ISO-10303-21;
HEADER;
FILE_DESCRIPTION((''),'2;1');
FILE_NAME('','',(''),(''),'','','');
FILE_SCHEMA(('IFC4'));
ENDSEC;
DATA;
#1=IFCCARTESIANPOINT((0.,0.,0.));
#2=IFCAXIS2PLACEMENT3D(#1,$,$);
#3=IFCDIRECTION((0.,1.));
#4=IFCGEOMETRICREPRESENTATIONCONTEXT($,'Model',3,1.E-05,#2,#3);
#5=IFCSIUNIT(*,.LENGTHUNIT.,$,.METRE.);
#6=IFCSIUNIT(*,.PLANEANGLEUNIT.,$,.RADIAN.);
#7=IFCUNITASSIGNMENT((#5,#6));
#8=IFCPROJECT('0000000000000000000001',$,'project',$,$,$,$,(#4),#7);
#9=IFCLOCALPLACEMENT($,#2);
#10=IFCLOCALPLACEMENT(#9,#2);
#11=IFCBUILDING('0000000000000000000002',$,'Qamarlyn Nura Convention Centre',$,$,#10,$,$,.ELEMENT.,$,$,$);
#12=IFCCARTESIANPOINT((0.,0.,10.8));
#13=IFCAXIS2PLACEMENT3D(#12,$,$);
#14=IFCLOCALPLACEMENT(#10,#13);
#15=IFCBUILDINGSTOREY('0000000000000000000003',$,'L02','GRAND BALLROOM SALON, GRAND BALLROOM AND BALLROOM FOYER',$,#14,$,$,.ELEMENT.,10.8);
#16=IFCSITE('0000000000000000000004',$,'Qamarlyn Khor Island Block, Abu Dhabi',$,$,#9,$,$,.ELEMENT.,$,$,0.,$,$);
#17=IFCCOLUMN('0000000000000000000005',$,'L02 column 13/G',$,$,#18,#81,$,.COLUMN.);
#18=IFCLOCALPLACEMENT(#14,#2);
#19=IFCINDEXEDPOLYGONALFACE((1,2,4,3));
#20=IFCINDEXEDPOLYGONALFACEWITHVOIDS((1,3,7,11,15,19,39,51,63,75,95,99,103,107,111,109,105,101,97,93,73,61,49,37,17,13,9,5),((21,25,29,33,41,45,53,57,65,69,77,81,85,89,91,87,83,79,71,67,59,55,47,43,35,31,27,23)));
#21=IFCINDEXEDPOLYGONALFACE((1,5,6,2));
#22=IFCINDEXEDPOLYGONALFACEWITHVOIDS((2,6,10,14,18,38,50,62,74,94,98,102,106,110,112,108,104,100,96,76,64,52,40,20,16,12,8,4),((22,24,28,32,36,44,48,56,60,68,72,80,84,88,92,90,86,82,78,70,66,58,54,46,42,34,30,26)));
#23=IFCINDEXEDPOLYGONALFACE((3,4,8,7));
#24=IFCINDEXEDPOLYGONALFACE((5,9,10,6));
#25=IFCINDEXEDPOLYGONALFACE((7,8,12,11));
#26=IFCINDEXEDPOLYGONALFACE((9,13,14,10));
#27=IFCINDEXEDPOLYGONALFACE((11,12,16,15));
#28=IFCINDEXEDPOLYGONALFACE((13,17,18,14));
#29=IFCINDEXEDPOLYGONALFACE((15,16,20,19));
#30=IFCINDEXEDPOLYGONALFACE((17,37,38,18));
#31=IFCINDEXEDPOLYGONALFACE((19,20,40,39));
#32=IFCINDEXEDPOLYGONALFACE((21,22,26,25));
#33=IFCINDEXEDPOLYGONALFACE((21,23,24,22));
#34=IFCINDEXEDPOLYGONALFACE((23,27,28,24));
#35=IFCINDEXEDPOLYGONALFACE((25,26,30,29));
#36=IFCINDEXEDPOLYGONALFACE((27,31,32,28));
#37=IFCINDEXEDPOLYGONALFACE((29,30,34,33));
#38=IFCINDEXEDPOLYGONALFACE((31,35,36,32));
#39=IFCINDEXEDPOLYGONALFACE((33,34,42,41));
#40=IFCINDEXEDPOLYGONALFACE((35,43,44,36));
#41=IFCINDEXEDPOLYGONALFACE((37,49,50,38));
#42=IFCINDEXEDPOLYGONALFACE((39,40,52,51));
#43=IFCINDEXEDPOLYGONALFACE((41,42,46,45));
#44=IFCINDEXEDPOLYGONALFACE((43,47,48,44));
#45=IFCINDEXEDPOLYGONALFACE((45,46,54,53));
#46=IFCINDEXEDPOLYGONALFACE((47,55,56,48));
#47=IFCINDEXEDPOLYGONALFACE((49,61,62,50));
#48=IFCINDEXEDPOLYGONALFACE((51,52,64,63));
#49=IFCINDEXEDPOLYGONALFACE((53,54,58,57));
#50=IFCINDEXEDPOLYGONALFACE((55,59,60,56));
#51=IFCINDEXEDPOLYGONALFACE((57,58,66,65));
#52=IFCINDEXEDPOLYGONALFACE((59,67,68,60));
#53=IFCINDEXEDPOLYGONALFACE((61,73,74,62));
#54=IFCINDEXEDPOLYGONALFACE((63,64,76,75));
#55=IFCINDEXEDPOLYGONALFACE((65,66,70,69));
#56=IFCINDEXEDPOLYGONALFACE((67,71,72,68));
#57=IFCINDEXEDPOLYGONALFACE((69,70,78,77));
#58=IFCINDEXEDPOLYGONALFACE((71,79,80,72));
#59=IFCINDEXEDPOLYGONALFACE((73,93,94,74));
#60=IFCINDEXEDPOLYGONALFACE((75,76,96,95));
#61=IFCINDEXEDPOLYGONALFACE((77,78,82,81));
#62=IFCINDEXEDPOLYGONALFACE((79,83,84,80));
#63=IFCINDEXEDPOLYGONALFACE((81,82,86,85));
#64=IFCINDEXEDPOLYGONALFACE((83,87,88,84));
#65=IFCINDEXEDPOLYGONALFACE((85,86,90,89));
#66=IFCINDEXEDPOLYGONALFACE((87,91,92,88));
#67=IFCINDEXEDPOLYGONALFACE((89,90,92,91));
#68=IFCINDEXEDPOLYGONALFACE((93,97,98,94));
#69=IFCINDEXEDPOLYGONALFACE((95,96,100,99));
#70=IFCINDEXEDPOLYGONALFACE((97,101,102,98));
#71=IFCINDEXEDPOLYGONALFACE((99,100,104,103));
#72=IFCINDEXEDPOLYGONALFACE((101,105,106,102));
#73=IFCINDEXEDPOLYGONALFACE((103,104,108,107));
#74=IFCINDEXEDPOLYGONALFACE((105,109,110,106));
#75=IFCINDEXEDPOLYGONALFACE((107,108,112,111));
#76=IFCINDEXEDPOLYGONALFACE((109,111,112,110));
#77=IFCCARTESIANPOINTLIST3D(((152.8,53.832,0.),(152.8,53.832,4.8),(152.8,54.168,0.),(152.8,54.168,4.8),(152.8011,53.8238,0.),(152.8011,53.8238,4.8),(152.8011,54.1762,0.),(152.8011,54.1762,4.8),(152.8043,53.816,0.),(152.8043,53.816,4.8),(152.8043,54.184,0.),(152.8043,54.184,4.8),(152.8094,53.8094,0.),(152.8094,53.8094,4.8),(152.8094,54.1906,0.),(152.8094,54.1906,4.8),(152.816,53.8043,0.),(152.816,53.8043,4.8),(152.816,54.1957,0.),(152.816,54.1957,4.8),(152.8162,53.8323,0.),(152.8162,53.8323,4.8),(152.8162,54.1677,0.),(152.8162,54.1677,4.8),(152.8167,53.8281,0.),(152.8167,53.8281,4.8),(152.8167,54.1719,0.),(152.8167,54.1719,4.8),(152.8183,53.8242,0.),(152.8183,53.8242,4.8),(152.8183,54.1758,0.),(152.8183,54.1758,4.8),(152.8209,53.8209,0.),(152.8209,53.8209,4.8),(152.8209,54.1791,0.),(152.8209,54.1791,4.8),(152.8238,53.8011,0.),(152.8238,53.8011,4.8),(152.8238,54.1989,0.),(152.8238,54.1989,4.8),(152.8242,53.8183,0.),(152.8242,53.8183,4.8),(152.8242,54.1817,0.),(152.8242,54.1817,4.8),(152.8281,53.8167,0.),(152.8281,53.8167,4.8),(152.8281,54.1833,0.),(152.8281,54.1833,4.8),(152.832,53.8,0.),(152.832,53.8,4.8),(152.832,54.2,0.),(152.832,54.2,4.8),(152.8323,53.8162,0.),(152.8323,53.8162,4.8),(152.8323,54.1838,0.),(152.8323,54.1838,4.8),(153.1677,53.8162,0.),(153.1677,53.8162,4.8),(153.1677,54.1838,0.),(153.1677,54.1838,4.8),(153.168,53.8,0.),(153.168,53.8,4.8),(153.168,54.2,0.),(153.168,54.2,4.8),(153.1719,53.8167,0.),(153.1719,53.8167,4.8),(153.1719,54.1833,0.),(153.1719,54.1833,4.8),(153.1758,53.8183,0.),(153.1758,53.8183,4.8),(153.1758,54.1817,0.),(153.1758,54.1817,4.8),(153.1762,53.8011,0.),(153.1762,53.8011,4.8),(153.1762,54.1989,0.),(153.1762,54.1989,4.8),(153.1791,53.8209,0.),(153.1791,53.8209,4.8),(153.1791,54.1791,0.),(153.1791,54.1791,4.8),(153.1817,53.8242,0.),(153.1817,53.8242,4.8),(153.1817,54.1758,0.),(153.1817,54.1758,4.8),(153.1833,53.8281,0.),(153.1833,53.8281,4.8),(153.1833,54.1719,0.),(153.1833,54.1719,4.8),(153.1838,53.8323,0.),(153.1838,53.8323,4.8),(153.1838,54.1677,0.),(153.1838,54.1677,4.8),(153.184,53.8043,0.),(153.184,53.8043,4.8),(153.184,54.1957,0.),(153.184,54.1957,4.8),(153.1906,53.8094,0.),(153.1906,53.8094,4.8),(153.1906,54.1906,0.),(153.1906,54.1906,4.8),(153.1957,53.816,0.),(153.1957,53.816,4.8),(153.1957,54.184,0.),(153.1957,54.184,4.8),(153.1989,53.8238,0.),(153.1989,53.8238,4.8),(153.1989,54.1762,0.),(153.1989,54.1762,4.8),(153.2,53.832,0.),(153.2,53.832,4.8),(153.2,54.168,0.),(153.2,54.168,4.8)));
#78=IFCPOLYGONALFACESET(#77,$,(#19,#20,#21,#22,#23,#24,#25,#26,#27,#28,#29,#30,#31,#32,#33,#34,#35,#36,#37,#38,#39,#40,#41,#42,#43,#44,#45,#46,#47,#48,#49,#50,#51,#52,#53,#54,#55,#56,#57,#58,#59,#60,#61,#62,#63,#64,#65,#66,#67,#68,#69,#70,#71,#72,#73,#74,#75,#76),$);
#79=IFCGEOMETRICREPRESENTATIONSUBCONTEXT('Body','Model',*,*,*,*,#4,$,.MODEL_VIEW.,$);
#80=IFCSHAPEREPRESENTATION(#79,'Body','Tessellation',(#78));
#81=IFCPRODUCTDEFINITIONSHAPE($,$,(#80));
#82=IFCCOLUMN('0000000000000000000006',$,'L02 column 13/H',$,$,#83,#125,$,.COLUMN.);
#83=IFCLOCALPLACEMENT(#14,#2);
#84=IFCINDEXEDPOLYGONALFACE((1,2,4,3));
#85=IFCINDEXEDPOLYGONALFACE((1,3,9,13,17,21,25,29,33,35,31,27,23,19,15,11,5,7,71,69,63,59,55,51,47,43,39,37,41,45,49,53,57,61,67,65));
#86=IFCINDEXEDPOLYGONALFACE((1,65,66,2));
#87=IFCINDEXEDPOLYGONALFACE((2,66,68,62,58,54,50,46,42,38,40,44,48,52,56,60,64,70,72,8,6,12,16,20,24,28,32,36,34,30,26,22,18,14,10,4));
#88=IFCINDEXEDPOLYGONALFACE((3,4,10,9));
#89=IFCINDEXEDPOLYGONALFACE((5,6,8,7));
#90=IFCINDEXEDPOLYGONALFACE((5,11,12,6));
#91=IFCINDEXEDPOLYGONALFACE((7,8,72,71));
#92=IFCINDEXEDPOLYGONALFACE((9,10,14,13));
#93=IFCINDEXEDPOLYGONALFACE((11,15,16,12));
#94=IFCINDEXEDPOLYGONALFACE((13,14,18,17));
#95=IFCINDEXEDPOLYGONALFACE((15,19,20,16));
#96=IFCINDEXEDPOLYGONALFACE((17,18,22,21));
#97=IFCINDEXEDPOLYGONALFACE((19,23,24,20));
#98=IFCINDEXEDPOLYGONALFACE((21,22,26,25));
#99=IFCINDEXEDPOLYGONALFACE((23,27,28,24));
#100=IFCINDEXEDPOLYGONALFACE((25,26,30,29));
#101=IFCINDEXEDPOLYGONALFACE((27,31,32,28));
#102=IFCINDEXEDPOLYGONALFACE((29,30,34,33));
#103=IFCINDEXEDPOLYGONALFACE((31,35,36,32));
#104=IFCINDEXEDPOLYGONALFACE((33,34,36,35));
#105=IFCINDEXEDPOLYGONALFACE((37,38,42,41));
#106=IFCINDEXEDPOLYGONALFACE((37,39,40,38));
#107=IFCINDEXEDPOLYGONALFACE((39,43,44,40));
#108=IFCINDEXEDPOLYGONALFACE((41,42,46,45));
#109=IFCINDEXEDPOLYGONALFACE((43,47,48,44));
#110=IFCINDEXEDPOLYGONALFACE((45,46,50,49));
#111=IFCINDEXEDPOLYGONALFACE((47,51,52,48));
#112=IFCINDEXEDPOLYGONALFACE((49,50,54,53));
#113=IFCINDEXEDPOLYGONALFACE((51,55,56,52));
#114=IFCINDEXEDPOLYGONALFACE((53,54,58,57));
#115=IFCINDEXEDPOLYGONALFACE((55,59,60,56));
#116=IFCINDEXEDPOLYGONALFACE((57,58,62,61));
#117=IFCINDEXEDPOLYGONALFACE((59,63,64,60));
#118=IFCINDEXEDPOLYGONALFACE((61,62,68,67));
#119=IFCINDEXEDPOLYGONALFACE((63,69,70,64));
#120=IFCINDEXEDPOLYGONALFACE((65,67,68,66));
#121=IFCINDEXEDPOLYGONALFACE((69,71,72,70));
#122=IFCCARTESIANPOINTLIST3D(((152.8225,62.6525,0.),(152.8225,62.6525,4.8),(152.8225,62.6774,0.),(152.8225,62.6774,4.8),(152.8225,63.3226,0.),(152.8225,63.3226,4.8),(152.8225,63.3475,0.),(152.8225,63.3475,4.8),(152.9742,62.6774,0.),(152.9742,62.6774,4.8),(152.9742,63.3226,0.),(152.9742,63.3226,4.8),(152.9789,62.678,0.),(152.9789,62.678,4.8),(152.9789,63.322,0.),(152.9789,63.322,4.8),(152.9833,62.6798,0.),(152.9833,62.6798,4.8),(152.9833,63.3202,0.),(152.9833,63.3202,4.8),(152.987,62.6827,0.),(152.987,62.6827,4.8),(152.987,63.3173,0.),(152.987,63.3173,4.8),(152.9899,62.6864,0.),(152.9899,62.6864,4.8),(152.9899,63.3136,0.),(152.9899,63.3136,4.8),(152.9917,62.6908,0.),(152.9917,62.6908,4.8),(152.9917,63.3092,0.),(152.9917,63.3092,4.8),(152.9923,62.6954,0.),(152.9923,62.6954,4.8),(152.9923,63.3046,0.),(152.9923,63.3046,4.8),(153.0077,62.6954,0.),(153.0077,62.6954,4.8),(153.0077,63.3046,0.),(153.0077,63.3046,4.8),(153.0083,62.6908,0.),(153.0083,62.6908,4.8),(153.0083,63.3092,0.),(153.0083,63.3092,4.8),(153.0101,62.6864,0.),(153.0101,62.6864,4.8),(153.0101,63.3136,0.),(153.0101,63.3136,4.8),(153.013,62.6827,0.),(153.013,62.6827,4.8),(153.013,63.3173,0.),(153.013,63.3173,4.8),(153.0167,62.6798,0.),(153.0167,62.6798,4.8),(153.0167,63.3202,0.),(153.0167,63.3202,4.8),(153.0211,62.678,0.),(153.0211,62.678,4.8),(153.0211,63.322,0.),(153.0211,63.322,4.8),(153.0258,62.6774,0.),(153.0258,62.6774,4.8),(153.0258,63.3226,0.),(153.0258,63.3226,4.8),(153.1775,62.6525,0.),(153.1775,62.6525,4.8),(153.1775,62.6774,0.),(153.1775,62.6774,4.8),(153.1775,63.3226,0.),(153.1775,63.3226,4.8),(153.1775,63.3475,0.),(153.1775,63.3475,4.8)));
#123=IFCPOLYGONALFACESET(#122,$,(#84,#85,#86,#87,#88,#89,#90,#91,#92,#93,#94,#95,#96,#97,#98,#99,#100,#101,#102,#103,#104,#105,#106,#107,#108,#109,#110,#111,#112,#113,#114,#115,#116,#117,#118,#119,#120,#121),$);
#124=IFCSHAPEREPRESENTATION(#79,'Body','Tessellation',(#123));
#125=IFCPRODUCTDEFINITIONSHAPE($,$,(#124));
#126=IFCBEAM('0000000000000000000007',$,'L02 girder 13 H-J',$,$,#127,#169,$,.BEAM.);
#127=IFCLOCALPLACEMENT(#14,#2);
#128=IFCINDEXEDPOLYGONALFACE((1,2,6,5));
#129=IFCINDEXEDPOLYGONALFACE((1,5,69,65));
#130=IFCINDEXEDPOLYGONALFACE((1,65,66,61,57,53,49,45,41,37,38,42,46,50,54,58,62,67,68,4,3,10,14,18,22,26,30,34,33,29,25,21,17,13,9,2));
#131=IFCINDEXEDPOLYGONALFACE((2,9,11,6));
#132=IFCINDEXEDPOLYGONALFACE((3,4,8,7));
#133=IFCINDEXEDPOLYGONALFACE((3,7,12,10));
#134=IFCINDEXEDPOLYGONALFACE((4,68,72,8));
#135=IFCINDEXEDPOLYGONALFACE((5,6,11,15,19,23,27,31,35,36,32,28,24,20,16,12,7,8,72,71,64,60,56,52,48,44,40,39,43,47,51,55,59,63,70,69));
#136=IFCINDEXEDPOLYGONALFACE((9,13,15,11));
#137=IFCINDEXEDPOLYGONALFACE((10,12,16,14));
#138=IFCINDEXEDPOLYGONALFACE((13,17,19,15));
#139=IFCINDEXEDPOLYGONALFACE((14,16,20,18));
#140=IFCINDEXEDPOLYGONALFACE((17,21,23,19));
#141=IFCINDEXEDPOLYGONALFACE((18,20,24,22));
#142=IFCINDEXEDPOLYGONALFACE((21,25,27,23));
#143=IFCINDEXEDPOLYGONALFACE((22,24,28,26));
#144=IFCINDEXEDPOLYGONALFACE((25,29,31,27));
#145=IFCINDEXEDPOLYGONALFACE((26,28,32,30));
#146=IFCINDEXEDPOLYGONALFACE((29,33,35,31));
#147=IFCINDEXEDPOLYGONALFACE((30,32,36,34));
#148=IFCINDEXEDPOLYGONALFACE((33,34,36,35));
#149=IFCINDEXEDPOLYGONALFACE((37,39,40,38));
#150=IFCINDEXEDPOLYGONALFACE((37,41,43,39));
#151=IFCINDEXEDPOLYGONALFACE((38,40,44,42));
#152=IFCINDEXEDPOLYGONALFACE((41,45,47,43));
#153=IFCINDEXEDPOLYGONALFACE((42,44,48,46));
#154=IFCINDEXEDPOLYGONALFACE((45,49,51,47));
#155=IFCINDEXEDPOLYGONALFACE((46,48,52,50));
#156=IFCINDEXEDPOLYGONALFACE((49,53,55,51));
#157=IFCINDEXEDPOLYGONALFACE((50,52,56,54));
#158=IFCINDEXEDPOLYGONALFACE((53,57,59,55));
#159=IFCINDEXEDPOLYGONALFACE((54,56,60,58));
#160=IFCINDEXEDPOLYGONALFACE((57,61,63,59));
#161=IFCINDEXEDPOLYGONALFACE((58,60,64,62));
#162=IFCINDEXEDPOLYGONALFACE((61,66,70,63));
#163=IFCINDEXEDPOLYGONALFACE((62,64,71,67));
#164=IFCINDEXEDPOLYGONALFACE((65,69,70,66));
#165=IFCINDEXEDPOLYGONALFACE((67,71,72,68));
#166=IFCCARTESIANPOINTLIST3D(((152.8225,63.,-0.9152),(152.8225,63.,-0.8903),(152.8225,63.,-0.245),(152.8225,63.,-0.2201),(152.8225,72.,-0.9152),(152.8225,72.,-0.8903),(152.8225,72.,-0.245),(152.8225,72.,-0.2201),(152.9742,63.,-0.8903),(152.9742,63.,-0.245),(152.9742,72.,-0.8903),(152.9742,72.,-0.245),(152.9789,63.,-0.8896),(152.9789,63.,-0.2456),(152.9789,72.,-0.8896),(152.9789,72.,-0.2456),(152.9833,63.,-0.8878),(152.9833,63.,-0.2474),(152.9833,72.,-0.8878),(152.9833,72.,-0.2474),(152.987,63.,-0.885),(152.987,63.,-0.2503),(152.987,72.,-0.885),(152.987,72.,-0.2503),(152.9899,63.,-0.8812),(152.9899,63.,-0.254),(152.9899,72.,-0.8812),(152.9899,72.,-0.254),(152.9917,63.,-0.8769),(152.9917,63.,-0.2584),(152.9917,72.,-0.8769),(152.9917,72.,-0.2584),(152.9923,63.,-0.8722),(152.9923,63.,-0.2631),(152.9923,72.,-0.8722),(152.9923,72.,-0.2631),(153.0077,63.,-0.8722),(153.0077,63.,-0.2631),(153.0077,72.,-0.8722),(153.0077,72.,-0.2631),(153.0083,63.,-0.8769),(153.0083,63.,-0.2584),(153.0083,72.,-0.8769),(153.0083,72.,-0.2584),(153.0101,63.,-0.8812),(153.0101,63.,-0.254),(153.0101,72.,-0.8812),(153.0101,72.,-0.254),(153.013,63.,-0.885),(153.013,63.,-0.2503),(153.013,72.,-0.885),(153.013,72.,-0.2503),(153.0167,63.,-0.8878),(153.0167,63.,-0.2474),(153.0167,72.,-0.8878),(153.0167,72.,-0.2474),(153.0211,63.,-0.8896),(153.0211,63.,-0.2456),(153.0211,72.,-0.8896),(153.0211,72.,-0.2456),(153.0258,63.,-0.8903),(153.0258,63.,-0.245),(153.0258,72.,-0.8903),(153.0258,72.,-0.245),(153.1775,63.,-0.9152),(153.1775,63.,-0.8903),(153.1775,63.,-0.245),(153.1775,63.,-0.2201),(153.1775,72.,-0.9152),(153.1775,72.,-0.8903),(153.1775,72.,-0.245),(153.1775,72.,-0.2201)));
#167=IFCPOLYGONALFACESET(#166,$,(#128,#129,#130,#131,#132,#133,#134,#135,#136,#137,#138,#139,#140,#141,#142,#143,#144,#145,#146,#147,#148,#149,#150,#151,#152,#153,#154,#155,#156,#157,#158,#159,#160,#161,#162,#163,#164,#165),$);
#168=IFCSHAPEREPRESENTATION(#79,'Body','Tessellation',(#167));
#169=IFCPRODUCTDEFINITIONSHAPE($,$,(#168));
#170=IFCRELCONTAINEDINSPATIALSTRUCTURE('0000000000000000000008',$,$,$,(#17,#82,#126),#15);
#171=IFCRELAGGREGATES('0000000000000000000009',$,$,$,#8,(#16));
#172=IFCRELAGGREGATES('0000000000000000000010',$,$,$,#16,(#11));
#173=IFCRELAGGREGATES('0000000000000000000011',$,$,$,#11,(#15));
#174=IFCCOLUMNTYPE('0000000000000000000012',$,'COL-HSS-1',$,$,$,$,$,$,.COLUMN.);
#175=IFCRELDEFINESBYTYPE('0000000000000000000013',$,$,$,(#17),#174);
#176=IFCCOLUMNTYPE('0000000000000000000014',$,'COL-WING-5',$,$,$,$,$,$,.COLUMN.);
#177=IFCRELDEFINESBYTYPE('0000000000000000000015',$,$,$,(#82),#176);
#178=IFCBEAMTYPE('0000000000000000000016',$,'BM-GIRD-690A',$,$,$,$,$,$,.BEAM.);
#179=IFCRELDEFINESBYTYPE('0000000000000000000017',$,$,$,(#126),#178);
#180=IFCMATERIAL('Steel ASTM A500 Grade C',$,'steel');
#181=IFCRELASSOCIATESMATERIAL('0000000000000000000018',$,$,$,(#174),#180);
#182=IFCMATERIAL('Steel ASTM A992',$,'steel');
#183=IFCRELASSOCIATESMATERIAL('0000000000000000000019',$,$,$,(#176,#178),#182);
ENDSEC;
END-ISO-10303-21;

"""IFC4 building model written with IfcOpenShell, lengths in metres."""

from ifc_helpers import new_model, si_unit, direction, frame, origin, origin_2d, place, context, subcontext, project, spatial, hollow_rectangle, i_section, extrude, material, material_profile, profile_set, type_object, element, save


model = new_model("IFC4")

# Units and contexts
model_context = context("Model", 3, precision=1e-05, world=origin(), true_north=direction((0.0, 1.0)))
body_context = subcontext(model_context, "Body", "Model", "MODEL_VIEW")
ifc_project = project(units=[si_unit("LENGTHUNIT", "METRE"), si_unit("PLANEANGLEUNIT", "RADIAN")], contexts=[model_context])

# Site, building, storey
site_placement = place(None, origin())
site = spatial("IfcSite", under=ifc_project, at=site_placement, Name="Qamarlyn Khor Island Block, Abu Dhabi", CompositionType="ELEMENT", RefElevation=0.0)
building_placement = place(site_placement, origin())
building = spatial("IfcBuilding", under=site, at=building_placement, Name="Qamarlyn Nura Convention Centre", CompositionType="ELEMENT")
storey_placement = place(building_placement, frame((0.0, 0.0, 10.8)))
storey = spatial("IfcBuildingStorey", under=building, at=storey_placement, Name="L02", Description="GRAND BALLROOM SALON, GRAND BALLROOM AND BALLROOM FOYER", CompositionType="ELEMENT", Elevation=10.8)

# Columns
ifc_material_1 = material(Name="Steel ASTM A500 Grade C", Category="steel")
ifc_material_profile_1 = material_profile(ifc_material_1, hollow_rectangle(XDim=0.3999, YDim=0.3999, WallThickness=0.0161, InnerFilletRadius=0.0161, OuterFilletRadius=0.032, at=origin_2d()), Name="HSS400X400X16")
ifc_profile_set_1 = profile_set([ifc_material_profile_1], Name="Steel ASTM A500 Grade C")
column_type_1 = type_object("IfcColumnType", Name="COL-HSS-1", PredefinedType="COLUMN", material=ifc_profile_set_1)
column_1_placement = place(storey_placement, frame((153.0, 54.0, 0.0), z_axis=(0.0, 0.0, 1.0), x_axis=(1.0, 0.0, 0.0)))
element("IfcColumn", 1, at=column_1_placement, inside=storey, type_object=column_type_1, Name="L02 column 13/G", PredefinedType="COLUMN", context=body_context, shape_type="SweptSolid", body=[
    extrude(hollow_rectangle(XDim=0.3999, YDim=0.3999, WallThickness=0.0161, InnerFilletRadius=0.0161, OuterFilletRadius=0.032, at=origin_2d()), origin(), (0.0, 0.0, 1.0), 4.8),
])
ifc_material_2 = material(Name="Steel ASTM A992", Category="steel")
ifc_material_profile_2 = material_profile(ifc_material_2, i_section(OverallWidth=0.355, OverallDepth=0.6951, WebThickness=0.0154, FlangeThickness=0.0249, FilletRadius=0.0181, at=origin_2d()), Name="W690X217")
ifc_profile_set_2 = profile_set([ifc_material_profile_2], Name="Steel ASTM A992")
column_type_2 = type_object("IfcColumnType", Name="COL-WING-5", PredefinedType="COLUMN", material=ifc_profile_set_2)
column_2_placement = place(storey_placement, frame((153.0, 63.0, 0.0), z_axis=(0.0, 0.0, 1.0), x_axis=(1.0, 0.0, 0.0)))
element("IfcColumn", 2, at=column_2_placement, inside=storey, type_object=column_type_2, Name="L02 column 13/H", PredefinedType="COLUMN", context=body_context, shape_type="SweptSolid", body=[
    extrude(i_section(OverallWidth=0.355, OverallDepth=0.6951, WebThickness=0.0154, FlangeThickness=0.0249, FilletRadius=0.0181, at=origin_2d()), origin(), (0.0, 0.0, 1.0), 4.8),
])

# Beam
ifc_material_profile_3 = material_profile(ifc_material_2, i_section(OverallWidth=0.355, OverallDepth=0.6951, WebThickness=0.0154, FlangeThickness=0.0249, FilletRadius=0.0181, at=origin_2d()), Name="W690X217")
ifc_profile_set_3 = profile_set([ifc_material_profile_3], Name="Steel ASTM A992")
beam_type_1 = type_object("IfcBeamType", Name="BM-GIRD-690A", PredefinedType="BEAM", material=ifc_profile_set_3)
beam_1_placement = place(storey_placement, frame((153.0, 63.0, -0.5676), z_axis=(0.0, 1.0, 0.0), x_axis=(-1.0, 0.0, 0.0)))
element("IfcBeam", 3, at=beam_1_placement, inside=storey, type_object=beam_type_1, Name="L02 girder 13 H-J", PredefinedType="BEAM", context=body_context, shape_type="SweptSolid", body=[
    extrude(i_section(OverallWidth=0.355, OverallDepth=0.6951, WebThickness=0.0154, FlangeThickness=0.0249, FilletRadius=0.0181, at=origin_2d()), origin(), (0.0, 0.0, 1.0), 9.0),
])

save(model, "model.ifc")
